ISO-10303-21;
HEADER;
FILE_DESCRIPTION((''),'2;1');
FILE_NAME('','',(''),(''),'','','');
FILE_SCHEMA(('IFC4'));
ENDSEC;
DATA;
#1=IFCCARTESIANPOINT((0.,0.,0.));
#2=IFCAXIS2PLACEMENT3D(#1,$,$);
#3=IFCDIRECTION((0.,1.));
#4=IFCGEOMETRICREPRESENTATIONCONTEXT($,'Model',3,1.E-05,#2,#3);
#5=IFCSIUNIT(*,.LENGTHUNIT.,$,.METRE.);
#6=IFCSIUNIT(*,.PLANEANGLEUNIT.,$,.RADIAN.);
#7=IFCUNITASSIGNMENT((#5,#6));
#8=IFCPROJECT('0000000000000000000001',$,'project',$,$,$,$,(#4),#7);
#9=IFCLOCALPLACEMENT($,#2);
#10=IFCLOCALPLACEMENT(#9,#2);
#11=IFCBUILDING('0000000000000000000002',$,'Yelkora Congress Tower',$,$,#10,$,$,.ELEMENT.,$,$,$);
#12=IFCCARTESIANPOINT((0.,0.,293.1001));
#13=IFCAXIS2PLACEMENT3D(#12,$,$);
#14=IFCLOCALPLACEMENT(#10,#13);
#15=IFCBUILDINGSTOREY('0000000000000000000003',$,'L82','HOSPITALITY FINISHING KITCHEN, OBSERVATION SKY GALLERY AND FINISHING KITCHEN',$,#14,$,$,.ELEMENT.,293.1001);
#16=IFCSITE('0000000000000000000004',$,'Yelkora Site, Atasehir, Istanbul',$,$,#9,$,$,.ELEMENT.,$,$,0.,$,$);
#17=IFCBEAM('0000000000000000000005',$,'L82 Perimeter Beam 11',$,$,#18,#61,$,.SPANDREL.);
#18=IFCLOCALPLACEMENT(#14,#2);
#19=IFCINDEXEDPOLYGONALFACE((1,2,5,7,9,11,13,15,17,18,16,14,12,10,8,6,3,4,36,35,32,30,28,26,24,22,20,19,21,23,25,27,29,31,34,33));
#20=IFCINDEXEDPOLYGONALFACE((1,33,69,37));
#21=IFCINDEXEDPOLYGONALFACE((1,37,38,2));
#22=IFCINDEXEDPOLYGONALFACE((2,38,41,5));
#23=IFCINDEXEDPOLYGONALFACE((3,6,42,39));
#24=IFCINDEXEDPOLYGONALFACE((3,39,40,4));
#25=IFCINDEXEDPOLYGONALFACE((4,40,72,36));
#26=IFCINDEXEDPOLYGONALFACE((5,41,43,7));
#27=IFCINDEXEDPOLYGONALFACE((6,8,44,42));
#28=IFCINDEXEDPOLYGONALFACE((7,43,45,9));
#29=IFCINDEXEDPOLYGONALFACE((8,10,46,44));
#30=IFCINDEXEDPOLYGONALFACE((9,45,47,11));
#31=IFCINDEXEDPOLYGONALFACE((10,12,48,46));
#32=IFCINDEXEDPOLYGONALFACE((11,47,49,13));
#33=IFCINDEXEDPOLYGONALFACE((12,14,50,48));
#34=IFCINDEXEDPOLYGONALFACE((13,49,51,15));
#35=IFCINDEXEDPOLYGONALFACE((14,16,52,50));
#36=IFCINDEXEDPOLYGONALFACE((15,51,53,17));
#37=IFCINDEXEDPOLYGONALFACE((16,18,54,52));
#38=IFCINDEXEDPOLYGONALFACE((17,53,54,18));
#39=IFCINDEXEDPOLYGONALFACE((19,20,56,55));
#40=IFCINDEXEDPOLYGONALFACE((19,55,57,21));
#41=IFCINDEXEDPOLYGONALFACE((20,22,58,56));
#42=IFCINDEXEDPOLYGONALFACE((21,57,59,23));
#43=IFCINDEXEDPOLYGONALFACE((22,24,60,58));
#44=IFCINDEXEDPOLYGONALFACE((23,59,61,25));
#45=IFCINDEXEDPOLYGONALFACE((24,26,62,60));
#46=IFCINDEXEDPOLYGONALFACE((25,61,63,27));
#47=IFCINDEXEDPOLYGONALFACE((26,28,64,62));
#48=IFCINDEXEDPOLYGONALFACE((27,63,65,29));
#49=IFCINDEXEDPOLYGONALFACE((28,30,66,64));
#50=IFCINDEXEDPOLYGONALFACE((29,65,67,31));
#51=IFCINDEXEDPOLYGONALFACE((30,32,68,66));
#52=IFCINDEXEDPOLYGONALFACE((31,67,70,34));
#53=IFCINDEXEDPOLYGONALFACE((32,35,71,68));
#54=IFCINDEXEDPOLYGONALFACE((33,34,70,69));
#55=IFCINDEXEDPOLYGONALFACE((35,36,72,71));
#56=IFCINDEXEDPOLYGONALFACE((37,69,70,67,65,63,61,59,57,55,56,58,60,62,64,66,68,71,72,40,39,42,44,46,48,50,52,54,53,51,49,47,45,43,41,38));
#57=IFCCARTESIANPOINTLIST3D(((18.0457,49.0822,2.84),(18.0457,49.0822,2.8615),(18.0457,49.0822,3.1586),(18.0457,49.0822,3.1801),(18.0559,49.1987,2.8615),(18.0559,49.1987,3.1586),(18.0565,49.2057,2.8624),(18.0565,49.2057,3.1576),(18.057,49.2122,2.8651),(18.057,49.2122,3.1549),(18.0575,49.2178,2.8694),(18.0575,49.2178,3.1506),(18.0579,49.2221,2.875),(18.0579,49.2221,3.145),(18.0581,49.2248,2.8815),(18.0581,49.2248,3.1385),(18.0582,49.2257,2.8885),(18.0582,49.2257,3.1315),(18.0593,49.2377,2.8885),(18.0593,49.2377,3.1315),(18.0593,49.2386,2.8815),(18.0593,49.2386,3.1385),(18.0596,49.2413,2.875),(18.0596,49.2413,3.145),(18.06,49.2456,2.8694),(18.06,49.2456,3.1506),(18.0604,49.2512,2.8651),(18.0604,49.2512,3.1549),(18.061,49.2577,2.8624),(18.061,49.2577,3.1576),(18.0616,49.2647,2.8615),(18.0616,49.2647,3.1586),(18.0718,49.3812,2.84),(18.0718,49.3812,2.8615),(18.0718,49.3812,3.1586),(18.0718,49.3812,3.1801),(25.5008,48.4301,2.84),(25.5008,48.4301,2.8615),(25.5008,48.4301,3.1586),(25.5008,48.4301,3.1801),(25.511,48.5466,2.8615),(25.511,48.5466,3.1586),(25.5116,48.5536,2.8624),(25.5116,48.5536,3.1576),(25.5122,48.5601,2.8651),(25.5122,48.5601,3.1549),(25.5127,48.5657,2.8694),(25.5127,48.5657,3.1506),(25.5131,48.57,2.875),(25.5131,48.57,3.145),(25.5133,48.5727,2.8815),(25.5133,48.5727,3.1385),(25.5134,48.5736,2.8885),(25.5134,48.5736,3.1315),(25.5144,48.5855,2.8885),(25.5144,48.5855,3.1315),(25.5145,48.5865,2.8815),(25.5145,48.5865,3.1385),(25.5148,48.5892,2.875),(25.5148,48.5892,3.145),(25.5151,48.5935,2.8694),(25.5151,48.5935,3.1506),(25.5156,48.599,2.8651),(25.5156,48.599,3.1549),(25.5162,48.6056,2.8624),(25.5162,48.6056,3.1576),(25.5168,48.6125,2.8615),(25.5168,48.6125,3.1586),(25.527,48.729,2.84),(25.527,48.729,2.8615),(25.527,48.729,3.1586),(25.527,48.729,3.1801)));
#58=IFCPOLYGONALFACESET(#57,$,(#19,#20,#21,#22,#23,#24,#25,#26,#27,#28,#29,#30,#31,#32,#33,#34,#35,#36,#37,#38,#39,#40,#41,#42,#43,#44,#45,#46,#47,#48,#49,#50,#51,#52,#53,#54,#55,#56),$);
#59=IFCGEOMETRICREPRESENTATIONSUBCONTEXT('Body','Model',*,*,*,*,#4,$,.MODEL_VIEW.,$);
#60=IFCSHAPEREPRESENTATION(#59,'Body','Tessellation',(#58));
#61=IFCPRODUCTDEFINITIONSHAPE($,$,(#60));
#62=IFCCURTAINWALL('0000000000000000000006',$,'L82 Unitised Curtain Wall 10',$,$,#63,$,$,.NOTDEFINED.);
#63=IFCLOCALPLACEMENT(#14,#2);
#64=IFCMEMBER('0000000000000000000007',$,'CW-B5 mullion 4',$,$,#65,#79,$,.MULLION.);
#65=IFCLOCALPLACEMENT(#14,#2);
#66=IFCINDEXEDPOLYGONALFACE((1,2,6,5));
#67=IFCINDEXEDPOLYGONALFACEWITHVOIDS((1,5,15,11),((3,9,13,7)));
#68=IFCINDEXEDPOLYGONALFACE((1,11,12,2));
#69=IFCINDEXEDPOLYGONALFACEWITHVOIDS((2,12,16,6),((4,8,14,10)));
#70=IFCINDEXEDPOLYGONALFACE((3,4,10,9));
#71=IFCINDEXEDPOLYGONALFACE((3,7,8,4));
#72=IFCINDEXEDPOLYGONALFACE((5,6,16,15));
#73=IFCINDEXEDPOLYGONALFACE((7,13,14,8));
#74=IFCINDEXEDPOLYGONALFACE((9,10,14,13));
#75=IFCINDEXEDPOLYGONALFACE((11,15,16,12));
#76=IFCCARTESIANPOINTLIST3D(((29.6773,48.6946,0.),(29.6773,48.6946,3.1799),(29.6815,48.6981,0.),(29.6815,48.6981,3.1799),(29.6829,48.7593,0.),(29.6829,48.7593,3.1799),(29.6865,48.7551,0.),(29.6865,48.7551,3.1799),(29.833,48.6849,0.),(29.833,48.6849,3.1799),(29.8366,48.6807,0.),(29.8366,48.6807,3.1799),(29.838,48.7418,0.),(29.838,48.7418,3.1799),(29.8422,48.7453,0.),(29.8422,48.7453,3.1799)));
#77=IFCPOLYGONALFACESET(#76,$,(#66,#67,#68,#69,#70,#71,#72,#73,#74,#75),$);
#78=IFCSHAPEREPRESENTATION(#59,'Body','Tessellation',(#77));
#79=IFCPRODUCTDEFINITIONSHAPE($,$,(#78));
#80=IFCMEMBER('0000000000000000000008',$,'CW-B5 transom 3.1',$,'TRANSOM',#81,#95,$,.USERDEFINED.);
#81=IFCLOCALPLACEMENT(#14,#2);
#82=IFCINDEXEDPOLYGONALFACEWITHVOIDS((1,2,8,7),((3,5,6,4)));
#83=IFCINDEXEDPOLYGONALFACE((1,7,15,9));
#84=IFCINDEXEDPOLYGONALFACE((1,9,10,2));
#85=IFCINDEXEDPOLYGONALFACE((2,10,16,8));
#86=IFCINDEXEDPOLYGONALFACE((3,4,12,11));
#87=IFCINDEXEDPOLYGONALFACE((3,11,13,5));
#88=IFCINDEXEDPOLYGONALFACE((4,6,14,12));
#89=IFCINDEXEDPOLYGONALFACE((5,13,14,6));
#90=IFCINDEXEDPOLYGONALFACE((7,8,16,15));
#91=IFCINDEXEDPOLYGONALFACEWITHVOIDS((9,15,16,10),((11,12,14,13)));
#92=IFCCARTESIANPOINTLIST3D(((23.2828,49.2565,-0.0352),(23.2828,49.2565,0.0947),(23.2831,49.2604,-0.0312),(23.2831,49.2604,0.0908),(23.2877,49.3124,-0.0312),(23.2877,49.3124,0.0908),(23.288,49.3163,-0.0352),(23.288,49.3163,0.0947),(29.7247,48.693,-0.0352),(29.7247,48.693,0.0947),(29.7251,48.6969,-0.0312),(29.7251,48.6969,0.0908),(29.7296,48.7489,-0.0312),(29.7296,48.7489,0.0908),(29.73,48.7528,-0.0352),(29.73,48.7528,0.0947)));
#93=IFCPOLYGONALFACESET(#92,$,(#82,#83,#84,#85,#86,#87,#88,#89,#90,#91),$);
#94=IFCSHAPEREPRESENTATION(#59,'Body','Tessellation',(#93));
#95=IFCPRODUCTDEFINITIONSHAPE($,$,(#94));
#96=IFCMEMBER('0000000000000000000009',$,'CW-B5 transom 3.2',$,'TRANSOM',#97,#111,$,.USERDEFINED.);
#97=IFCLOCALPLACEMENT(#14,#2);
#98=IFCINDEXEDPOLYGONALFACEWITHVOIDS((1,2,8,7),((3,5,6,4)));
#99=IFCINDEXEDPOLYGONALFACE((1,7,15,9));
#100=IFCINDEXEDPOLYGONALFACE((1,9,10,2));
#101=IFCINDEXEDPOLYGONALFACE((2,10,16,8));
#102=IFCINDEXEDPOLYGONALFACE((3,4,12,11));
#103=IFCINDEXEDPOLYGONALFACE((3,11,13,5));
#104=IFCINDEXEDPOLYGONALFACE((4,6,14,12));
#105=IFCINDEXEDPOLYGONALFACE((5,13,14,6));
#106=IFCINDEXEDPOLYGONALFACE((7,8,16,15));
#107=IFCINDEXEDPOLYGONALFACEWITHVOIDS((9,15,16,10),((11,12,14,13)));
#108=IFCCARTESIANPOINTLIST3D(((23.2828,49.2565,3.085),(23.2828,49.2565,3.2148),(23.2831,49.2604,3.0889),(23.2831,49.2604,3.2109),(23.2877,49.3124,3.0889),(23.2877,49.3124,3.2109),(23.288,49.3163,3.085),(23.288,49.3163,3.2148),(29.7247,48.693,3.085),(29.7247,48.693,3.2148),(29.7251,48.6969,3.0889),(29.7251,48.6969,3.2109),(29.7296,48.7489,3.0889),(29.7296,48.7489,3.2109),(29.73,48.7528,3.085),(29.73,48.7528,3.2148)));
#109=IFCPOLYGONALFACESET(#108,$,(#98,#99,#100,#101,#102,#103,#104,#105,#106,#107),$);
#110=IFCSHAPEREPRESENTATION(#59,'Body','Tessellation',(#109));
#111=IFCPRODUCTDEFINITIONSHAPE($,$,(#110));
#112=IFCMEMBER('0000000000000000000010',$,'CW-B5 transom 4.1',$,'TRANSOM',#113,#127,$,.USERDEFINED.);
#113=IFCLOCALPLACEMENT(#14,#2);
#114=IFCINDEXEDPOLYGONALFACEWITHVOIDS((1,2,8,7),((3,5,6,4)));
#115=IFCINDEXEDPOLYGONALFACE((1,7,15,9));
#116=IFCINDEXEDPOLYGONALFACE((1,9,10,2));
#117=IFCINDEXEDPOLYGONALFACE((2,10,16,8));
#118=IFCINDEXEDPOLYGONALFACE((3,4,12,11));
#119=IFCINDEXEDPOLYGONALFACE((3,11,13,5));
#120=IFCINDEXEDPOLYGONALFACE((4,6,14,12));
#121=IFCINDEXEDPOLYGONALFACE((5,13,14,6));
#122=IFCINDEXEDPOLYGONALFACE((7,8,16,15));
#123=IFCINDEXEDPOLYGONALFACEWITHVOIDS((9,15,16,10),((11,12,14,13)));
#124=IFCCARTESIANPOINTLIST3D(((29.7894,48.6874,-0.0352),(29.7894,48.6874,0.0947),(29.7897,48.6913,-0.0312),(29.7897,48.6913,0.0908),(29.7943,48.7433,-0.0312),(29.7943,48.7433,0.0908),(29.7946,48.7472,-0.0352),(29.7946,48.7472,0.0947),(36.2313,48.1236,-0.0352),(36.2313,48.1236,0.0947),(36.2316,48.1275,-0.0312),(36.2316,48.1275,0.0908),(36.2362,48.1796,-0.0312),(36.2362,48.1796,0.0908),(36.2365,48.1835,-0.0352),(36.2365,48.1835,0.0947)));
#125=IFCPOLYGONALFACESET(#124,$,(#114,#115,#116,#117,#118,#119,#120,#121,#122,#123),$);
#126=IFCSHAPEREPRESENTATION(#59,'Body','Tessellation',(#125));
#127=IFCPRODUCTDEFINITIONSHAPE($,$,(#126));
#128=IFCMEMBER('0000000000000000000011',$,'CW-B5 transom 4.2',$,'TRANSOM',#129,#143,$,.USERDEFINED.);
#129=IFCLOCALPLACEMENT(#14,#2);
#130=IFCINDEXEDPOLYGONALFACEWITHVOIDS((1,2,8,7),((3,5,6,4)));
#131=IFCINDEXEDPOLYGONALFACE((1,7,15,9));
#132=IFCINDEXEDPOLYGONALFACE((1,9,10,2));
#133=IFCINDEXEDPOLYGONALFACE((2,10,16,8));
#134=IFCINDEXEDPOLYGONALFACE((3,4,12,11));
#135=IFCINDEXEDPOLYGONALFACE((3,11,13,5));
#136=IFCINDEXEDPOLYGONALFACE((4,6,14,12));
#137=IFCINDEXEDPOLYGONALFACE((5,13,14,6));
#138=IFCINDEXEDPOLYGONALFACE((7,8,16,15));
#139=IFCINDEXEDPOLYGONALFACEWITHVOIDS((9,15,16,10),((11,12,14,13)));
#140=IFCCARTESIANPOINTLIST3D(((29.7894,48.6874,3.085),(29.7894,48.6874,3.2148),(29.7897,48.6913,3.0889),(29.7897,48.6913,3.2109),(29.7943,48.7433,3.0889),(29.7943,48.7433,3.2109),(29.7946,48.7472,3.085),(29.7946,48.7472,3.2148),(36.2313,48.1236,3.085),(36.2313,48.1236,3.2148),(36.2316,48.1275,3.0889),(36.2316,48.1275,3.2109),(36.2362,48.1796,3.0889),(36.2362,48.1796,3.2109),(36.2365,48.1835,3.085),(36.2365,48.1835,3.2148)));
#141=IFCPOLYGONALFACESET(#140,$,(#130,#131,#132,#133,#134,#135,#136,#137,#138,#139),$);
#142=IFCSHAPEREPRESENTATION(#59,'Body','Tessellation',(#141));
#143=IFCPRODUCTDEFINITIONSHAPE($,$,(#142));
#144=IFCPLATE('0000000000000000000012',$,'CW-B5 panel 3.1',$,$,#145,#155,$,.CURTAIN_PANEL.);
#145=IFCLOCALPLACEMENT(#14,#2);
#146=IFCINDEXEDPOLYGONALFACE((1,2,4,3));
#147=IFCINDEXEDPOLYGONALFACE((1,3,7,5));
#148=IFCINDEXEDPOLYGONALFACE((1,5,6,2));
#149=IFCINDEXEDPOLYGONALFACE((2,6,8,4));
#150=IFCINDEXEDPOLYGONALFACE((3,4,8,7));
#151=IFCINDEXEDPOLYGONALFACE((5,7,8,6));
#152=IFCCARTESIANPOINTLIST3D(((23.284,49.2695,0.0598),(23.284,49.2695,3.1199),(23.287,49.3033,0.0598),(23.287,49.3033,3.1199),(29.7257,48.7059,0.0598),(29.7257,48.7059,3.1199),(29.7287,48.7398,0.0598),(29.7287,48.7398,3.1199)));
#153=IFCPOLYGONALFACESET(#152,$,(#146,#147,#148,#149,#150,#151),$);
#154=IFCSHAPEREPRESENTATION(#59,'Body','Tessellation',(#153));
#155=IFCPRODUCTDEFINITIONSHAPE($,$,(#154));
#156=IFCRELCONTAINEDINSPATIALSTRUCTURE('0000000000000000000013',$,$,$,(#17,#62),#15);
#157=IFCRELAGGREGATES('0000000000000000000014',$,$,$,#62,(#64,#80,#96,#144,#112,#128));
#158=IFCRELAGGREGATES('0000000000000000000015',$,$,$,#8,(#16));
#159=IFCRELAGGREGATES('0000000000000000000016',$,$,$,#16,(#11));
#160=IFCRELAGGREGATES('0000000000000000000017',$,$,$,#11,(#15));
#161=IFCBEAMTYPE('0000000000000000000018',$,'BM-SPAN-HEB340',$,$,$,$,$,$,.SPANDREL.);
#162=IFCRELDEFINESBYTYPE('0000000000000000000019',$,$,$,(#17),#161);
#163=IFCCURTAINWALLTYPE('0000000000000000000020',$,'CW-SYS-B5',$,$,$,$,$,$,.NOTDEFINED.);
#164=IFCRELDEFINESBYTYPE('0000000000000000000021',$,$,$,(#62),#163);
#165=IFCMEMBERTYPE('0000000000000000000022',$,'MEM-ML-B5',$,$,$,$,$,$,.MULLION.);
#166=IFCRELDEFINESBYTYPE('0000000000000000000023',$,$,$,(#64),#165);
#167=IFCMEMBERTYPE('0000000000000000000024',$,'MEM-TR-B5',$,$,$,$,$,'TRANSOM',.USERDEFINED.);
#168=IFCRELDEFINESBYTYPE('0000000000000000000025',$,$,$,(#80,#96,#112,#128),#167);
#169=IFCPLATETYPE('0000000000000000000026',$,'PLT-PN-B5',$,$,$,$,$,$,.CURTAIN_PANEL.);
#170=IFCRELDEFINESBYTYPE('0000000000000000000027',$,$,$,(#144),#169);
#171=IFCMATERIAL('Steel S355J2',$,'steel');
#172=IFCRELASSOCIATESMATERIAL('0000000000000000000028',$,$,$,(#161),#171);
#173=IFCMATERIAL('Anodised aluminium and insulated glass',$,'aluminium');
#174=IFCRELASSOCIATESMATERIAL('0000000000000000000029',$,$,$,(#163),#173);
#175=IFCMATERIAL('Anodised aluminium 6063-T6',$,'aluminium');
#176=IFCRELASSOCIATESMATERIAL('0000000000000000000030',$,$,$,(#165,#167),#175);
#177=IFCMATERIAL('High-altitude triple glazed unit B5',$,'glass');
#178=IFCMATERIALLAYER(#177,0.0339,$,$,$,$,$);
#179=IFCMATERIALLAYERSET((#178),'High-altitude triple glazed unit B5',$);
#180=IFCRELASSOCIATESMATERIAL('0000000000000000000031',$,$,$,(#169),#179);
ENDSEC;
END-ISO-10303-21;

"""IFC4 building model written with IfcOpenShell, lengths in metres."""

from ifc_helpers import new_model, si_unit, direction, frame, origin, origin_2d, place, context, subcontext, project, spatial, rectangle, hollow_rectangle, i_section, extrude, material, layer, layer_set, material_profile, profile_set, type_object, element, aggregate, save


model = new_model("IFC4")

# Units and contexts
model_context = context("Model", 3, precision=1e-05, world=origin(), true_north=direction((0.0, 1.0)))
body_context = subcontext(model_context, "Body", "Model", "MODEL_VIEW")
ifc_project = project(units=[si_unit("LENGTHUNIT", "METRE"), si_unit("PLANEANGLEUNIT", "RADIAN")], contexts=[model_context])

# Site, building, storey
site_placement = place(None, origin())
site = spatial("IfcSite", under=ifc_project, at=site_placement, Name="Yelkora Site, Atasehir, Istanbul", CompositionType="ELEMENT", RefElevation=0.0)
building_placement = place(site_placement, origin())
building = spatial("IfcBuilding", under=site, at=building_placement, Name="Yelkora Congress Tower", CompositionType="ELEMENT")
storey_placement = place(building_placement, frame((0.0, 0.0, 293.1001)))
storey = spatial("IfcBuildingStorey", under=building, at=storey_placement, Name="L82", Description="HOSPITALITY FINISHING KITCHEN, OBSERVATION SKY GALLERY AND FINISHING KITCHEN", CompositionType="ELEMENT", Elevation=293.1001)

# Shared definitions
ifc_material_1 = material(Name="Steel S355J2", Category="steel")

# Beam
ifc_material_profile_1 = material_profile(ifc_material_1, i_section(OverallWidth=0.3, OverallDepth=0.3401, WebThickness=0.012, FlangeThickness=0.0215, FilletRadius=0.0271, at=origin_2d()), Name="HEB 340")
ifc_profile_set_1 = profile_set([ifc_material_profile_1], Name="Steel S355J2")
beam_type_1 = type_object("IfcBeamType", Name="BM-SPAN-HEB340", PredefinedType="SPANDREL", material=ifc_profile_set_1)
beam_1_placement = place(storey_placement, frame((25.5139, 48.5796, 3.01), z_axis=(-0.996196, 0.087138, 0.0), x_axis=(-0.087138, -0.996196, 0.0)))
element("IfcBeam", 1, at=beam_1_placement, inside=storey, type_object=beam_type_1, Name="L82 Perimeter Beam 11", PredefinedType="SPANDREL", context=body_context, shape_type="SweptSolid", body=[
    extrude(i_section(OverallWidth=0.3, OverallDepth=0.3401, WebThickness=0.012, FlangeThickness=0.0215, FilletRadius=0.0271, at=origin_2d()), origin(), (0.0, 0.0, 1.0), 7.4836),
])

# Curtain wall, members, plate
ifc_material_2 = material(Name="Anodised aluminium and insulated glass", Category="aluminium")
curtain_wall_type = type_object("IfcCurtainWallType", Name="CW-SYS-B5", PredefinedType="NOTDEFINED", material=ifc_material_2)
curtain_wall_placement = place(storey_placement, origin())
curtain_wall = element("IfcCurtainWall", 2, at=curtain_wall_placement, inside=storey, type_object=curtain_wall_type, Name="L82 Unitised Curtain Wall 10", PredefinedType="NOTDEFINED")
ifc_material_3 = material(Name="Anodised aluminium 6063-T6", Category="aluminium")
ifc_material_profile_2 = material_profile(ifc_material_3, hollow_rectangle(XDim=0.0649, YDim=0.1599, WallThickness=0.0039, at=origin_2d()), Name="ALU 65x160x4")
ifc_profile_set_2 = profile_set([ifc_material_profile_2], Name="Anodised aluminium 6063-T6")
member_type_1 = type_object("IfcMemberType", Name="MEM-ML-B5", PredefinedType="MULLION", material=ifc_profile_set_2)
member_1_placement = place(storey_placement, frame((29.7598, 48.72, 0.0), z_axis=(0.0, 0.0, 1.0), x_axis=(0.087157, 0.996195, 0.0)))
member_1 = element("IfcMember", 3, at=member_1_placement, type_object=member_type_1, Name="CW-B5 mullion 4", PredefinedType="MULLION", context=body_context, shape_type="SweptSolid", body=[
    extrude(hollow_rectangle(XDim=0.0649, YDim=0.1599, WallThickness=0.0039, at=origin_2d()), origin(), (0.0, 0.0, 1.0), 3.1799),
])
ifc_material_profile_3 = material_profile(ifc_material_3, hollow_rectangle(XDim=0.0601, YDim=0.1299, WallThickness=0.0039, at=origin_2d()), Name="ALU 60x130x4")
ifc_profile_set_3 = profile_set([ifc_material_profile_3], Name="Anodised aluminium 6063-T6")
member_type_2 = type_object("IfcMemberType", Name="MEM-TR-B5", ElementType="TRANSOM", PredefinedType="USERDEFINED", material=ifc_profile_set_3)
member_2_placement = place(storey_placement, frame((23.2854, 49.2864, 0.0298), z_axis=(0.996196, -0.087138, 0.0), x_axis=(0.087138, 0.996196, 0.0)))
member_2 = element("IfcMember", 4, at=member_2_placement, type_object=member_type_2, Name="CW-B5 transom 3.1", ObjectType="TRANSOM", PredefinedType="USERDEFINED", context=body_context, shape_type="SweptSolid", body=[
    extrude(hollow_rectangle(XDim=0.0601, YDim=0.1299, WallThickness=0.0039, at=origin_2d()), origin(), (0.0, 0.0, 1.0), 6.4666),
])
member_3_placement = place(storey_placement, frame((23.2854, 49.2864, 3.1499), z_axis=(0.996196, -0.087138, 0.0), x_axis=(0.087138, 0.996196, 0.0)))
member_3 = element("IfcMember", 5, at=member_3_placement, type_object=member_type_2, Name="CW-B5 transom 3.2", ObjectType="TRANSOM", PredefinedType="USERDEFINED", context=body_context, shape_type="SweptSolid", body=[
    extrude(hollow_rectangle(XDim=0.0601, YDim=0.1299, WallThickness=0.0039, at=origin_2d()), origin(), (0.0, 0.0, 1.0), 6.4666),
])
member_4_placement = place(storey_placement, frame((29.792, 48.7173, 0.0298), z_axis=(0.996193, -0.087175, 0.0), x_axis=(0.087175, 0.996193, 0.0)))
member_4 = element("IfcMember", 6, at=member_4_placement, type_object=member_type_2, Name="CW-B5 transom 4.1", ObjectType="TRANSOM", PredefinedType="USERDEFINED", context=body_context, shape_type="SweptSolid", body=[
    extrude(hollow_rectangle(XDim=0.0601, YDim=0.1299, WallThickness=0.0039, at=origin_2d()), origin(), (0.0, 0.0, 1.0), 6.4666),
])
member_5_placement = place(storey_placement, frame((29.792, 48.7173, 3.1499), z_axis=(0.996193, -0.087175, 0.0), x_axis=(0.087175, 0.996193, 0.0)))
member_5 = element("IfcMember", 7, at=member_5_placement, type_object=member_type_2, Name="CW-B5 transom 4.2", ObjectType="TRANSOM", PredefinedType="USERDEFINED", context=body_context, shape_type="SweptSolid", body=[
    extrude(hollow_rectangle(XDim=0.0601, YDim=0.1299, WallThickness=0.0039, at=origin_2d()), origin(), (0.0, 0.0, 1.0), 6.4666),
])
ifc_material_4 = material(Name="High-altitude triple glazed unit B5", Category="glass")
ifc_layer_1 = layer(ifc_material_4, 0.0339)
ifc_layer_set_1 = layer_set([ifc_layer_1], Name="High-altitude triple glazed unit B5")
plate_type = type_object("IfcPlateType", Name="PLT-PN-B5", PredefinedType="CURTAIN_PANEL", material=ifc_layer_set_1)
plate_placement = place(storey_placement, frame((26.5063, 49.0046, 0.0598), z_axis=(0.0, 0.0, 1.0), x_axis=(0.996195, -0.087157, 0.0)))
plate = element("IfcPlate", 8, at=plate_placement, type_object=plate_type, Name="CW-B5 panel 3.1", PredefinedType="CURTAIN_PANEL", context=body_context, shape_type="SweptSolid", body=[
    extrude(rectangle(XDim=6.4663, YDim=0.0339, at=origin_2d()), origin(), (0.0, 0.0, 1.0), 3.0601),
])
aggregate(curtain_wall, [member_1, member_2, member_3, plate, member_4, member_5])

save(model, "model.ifc")
